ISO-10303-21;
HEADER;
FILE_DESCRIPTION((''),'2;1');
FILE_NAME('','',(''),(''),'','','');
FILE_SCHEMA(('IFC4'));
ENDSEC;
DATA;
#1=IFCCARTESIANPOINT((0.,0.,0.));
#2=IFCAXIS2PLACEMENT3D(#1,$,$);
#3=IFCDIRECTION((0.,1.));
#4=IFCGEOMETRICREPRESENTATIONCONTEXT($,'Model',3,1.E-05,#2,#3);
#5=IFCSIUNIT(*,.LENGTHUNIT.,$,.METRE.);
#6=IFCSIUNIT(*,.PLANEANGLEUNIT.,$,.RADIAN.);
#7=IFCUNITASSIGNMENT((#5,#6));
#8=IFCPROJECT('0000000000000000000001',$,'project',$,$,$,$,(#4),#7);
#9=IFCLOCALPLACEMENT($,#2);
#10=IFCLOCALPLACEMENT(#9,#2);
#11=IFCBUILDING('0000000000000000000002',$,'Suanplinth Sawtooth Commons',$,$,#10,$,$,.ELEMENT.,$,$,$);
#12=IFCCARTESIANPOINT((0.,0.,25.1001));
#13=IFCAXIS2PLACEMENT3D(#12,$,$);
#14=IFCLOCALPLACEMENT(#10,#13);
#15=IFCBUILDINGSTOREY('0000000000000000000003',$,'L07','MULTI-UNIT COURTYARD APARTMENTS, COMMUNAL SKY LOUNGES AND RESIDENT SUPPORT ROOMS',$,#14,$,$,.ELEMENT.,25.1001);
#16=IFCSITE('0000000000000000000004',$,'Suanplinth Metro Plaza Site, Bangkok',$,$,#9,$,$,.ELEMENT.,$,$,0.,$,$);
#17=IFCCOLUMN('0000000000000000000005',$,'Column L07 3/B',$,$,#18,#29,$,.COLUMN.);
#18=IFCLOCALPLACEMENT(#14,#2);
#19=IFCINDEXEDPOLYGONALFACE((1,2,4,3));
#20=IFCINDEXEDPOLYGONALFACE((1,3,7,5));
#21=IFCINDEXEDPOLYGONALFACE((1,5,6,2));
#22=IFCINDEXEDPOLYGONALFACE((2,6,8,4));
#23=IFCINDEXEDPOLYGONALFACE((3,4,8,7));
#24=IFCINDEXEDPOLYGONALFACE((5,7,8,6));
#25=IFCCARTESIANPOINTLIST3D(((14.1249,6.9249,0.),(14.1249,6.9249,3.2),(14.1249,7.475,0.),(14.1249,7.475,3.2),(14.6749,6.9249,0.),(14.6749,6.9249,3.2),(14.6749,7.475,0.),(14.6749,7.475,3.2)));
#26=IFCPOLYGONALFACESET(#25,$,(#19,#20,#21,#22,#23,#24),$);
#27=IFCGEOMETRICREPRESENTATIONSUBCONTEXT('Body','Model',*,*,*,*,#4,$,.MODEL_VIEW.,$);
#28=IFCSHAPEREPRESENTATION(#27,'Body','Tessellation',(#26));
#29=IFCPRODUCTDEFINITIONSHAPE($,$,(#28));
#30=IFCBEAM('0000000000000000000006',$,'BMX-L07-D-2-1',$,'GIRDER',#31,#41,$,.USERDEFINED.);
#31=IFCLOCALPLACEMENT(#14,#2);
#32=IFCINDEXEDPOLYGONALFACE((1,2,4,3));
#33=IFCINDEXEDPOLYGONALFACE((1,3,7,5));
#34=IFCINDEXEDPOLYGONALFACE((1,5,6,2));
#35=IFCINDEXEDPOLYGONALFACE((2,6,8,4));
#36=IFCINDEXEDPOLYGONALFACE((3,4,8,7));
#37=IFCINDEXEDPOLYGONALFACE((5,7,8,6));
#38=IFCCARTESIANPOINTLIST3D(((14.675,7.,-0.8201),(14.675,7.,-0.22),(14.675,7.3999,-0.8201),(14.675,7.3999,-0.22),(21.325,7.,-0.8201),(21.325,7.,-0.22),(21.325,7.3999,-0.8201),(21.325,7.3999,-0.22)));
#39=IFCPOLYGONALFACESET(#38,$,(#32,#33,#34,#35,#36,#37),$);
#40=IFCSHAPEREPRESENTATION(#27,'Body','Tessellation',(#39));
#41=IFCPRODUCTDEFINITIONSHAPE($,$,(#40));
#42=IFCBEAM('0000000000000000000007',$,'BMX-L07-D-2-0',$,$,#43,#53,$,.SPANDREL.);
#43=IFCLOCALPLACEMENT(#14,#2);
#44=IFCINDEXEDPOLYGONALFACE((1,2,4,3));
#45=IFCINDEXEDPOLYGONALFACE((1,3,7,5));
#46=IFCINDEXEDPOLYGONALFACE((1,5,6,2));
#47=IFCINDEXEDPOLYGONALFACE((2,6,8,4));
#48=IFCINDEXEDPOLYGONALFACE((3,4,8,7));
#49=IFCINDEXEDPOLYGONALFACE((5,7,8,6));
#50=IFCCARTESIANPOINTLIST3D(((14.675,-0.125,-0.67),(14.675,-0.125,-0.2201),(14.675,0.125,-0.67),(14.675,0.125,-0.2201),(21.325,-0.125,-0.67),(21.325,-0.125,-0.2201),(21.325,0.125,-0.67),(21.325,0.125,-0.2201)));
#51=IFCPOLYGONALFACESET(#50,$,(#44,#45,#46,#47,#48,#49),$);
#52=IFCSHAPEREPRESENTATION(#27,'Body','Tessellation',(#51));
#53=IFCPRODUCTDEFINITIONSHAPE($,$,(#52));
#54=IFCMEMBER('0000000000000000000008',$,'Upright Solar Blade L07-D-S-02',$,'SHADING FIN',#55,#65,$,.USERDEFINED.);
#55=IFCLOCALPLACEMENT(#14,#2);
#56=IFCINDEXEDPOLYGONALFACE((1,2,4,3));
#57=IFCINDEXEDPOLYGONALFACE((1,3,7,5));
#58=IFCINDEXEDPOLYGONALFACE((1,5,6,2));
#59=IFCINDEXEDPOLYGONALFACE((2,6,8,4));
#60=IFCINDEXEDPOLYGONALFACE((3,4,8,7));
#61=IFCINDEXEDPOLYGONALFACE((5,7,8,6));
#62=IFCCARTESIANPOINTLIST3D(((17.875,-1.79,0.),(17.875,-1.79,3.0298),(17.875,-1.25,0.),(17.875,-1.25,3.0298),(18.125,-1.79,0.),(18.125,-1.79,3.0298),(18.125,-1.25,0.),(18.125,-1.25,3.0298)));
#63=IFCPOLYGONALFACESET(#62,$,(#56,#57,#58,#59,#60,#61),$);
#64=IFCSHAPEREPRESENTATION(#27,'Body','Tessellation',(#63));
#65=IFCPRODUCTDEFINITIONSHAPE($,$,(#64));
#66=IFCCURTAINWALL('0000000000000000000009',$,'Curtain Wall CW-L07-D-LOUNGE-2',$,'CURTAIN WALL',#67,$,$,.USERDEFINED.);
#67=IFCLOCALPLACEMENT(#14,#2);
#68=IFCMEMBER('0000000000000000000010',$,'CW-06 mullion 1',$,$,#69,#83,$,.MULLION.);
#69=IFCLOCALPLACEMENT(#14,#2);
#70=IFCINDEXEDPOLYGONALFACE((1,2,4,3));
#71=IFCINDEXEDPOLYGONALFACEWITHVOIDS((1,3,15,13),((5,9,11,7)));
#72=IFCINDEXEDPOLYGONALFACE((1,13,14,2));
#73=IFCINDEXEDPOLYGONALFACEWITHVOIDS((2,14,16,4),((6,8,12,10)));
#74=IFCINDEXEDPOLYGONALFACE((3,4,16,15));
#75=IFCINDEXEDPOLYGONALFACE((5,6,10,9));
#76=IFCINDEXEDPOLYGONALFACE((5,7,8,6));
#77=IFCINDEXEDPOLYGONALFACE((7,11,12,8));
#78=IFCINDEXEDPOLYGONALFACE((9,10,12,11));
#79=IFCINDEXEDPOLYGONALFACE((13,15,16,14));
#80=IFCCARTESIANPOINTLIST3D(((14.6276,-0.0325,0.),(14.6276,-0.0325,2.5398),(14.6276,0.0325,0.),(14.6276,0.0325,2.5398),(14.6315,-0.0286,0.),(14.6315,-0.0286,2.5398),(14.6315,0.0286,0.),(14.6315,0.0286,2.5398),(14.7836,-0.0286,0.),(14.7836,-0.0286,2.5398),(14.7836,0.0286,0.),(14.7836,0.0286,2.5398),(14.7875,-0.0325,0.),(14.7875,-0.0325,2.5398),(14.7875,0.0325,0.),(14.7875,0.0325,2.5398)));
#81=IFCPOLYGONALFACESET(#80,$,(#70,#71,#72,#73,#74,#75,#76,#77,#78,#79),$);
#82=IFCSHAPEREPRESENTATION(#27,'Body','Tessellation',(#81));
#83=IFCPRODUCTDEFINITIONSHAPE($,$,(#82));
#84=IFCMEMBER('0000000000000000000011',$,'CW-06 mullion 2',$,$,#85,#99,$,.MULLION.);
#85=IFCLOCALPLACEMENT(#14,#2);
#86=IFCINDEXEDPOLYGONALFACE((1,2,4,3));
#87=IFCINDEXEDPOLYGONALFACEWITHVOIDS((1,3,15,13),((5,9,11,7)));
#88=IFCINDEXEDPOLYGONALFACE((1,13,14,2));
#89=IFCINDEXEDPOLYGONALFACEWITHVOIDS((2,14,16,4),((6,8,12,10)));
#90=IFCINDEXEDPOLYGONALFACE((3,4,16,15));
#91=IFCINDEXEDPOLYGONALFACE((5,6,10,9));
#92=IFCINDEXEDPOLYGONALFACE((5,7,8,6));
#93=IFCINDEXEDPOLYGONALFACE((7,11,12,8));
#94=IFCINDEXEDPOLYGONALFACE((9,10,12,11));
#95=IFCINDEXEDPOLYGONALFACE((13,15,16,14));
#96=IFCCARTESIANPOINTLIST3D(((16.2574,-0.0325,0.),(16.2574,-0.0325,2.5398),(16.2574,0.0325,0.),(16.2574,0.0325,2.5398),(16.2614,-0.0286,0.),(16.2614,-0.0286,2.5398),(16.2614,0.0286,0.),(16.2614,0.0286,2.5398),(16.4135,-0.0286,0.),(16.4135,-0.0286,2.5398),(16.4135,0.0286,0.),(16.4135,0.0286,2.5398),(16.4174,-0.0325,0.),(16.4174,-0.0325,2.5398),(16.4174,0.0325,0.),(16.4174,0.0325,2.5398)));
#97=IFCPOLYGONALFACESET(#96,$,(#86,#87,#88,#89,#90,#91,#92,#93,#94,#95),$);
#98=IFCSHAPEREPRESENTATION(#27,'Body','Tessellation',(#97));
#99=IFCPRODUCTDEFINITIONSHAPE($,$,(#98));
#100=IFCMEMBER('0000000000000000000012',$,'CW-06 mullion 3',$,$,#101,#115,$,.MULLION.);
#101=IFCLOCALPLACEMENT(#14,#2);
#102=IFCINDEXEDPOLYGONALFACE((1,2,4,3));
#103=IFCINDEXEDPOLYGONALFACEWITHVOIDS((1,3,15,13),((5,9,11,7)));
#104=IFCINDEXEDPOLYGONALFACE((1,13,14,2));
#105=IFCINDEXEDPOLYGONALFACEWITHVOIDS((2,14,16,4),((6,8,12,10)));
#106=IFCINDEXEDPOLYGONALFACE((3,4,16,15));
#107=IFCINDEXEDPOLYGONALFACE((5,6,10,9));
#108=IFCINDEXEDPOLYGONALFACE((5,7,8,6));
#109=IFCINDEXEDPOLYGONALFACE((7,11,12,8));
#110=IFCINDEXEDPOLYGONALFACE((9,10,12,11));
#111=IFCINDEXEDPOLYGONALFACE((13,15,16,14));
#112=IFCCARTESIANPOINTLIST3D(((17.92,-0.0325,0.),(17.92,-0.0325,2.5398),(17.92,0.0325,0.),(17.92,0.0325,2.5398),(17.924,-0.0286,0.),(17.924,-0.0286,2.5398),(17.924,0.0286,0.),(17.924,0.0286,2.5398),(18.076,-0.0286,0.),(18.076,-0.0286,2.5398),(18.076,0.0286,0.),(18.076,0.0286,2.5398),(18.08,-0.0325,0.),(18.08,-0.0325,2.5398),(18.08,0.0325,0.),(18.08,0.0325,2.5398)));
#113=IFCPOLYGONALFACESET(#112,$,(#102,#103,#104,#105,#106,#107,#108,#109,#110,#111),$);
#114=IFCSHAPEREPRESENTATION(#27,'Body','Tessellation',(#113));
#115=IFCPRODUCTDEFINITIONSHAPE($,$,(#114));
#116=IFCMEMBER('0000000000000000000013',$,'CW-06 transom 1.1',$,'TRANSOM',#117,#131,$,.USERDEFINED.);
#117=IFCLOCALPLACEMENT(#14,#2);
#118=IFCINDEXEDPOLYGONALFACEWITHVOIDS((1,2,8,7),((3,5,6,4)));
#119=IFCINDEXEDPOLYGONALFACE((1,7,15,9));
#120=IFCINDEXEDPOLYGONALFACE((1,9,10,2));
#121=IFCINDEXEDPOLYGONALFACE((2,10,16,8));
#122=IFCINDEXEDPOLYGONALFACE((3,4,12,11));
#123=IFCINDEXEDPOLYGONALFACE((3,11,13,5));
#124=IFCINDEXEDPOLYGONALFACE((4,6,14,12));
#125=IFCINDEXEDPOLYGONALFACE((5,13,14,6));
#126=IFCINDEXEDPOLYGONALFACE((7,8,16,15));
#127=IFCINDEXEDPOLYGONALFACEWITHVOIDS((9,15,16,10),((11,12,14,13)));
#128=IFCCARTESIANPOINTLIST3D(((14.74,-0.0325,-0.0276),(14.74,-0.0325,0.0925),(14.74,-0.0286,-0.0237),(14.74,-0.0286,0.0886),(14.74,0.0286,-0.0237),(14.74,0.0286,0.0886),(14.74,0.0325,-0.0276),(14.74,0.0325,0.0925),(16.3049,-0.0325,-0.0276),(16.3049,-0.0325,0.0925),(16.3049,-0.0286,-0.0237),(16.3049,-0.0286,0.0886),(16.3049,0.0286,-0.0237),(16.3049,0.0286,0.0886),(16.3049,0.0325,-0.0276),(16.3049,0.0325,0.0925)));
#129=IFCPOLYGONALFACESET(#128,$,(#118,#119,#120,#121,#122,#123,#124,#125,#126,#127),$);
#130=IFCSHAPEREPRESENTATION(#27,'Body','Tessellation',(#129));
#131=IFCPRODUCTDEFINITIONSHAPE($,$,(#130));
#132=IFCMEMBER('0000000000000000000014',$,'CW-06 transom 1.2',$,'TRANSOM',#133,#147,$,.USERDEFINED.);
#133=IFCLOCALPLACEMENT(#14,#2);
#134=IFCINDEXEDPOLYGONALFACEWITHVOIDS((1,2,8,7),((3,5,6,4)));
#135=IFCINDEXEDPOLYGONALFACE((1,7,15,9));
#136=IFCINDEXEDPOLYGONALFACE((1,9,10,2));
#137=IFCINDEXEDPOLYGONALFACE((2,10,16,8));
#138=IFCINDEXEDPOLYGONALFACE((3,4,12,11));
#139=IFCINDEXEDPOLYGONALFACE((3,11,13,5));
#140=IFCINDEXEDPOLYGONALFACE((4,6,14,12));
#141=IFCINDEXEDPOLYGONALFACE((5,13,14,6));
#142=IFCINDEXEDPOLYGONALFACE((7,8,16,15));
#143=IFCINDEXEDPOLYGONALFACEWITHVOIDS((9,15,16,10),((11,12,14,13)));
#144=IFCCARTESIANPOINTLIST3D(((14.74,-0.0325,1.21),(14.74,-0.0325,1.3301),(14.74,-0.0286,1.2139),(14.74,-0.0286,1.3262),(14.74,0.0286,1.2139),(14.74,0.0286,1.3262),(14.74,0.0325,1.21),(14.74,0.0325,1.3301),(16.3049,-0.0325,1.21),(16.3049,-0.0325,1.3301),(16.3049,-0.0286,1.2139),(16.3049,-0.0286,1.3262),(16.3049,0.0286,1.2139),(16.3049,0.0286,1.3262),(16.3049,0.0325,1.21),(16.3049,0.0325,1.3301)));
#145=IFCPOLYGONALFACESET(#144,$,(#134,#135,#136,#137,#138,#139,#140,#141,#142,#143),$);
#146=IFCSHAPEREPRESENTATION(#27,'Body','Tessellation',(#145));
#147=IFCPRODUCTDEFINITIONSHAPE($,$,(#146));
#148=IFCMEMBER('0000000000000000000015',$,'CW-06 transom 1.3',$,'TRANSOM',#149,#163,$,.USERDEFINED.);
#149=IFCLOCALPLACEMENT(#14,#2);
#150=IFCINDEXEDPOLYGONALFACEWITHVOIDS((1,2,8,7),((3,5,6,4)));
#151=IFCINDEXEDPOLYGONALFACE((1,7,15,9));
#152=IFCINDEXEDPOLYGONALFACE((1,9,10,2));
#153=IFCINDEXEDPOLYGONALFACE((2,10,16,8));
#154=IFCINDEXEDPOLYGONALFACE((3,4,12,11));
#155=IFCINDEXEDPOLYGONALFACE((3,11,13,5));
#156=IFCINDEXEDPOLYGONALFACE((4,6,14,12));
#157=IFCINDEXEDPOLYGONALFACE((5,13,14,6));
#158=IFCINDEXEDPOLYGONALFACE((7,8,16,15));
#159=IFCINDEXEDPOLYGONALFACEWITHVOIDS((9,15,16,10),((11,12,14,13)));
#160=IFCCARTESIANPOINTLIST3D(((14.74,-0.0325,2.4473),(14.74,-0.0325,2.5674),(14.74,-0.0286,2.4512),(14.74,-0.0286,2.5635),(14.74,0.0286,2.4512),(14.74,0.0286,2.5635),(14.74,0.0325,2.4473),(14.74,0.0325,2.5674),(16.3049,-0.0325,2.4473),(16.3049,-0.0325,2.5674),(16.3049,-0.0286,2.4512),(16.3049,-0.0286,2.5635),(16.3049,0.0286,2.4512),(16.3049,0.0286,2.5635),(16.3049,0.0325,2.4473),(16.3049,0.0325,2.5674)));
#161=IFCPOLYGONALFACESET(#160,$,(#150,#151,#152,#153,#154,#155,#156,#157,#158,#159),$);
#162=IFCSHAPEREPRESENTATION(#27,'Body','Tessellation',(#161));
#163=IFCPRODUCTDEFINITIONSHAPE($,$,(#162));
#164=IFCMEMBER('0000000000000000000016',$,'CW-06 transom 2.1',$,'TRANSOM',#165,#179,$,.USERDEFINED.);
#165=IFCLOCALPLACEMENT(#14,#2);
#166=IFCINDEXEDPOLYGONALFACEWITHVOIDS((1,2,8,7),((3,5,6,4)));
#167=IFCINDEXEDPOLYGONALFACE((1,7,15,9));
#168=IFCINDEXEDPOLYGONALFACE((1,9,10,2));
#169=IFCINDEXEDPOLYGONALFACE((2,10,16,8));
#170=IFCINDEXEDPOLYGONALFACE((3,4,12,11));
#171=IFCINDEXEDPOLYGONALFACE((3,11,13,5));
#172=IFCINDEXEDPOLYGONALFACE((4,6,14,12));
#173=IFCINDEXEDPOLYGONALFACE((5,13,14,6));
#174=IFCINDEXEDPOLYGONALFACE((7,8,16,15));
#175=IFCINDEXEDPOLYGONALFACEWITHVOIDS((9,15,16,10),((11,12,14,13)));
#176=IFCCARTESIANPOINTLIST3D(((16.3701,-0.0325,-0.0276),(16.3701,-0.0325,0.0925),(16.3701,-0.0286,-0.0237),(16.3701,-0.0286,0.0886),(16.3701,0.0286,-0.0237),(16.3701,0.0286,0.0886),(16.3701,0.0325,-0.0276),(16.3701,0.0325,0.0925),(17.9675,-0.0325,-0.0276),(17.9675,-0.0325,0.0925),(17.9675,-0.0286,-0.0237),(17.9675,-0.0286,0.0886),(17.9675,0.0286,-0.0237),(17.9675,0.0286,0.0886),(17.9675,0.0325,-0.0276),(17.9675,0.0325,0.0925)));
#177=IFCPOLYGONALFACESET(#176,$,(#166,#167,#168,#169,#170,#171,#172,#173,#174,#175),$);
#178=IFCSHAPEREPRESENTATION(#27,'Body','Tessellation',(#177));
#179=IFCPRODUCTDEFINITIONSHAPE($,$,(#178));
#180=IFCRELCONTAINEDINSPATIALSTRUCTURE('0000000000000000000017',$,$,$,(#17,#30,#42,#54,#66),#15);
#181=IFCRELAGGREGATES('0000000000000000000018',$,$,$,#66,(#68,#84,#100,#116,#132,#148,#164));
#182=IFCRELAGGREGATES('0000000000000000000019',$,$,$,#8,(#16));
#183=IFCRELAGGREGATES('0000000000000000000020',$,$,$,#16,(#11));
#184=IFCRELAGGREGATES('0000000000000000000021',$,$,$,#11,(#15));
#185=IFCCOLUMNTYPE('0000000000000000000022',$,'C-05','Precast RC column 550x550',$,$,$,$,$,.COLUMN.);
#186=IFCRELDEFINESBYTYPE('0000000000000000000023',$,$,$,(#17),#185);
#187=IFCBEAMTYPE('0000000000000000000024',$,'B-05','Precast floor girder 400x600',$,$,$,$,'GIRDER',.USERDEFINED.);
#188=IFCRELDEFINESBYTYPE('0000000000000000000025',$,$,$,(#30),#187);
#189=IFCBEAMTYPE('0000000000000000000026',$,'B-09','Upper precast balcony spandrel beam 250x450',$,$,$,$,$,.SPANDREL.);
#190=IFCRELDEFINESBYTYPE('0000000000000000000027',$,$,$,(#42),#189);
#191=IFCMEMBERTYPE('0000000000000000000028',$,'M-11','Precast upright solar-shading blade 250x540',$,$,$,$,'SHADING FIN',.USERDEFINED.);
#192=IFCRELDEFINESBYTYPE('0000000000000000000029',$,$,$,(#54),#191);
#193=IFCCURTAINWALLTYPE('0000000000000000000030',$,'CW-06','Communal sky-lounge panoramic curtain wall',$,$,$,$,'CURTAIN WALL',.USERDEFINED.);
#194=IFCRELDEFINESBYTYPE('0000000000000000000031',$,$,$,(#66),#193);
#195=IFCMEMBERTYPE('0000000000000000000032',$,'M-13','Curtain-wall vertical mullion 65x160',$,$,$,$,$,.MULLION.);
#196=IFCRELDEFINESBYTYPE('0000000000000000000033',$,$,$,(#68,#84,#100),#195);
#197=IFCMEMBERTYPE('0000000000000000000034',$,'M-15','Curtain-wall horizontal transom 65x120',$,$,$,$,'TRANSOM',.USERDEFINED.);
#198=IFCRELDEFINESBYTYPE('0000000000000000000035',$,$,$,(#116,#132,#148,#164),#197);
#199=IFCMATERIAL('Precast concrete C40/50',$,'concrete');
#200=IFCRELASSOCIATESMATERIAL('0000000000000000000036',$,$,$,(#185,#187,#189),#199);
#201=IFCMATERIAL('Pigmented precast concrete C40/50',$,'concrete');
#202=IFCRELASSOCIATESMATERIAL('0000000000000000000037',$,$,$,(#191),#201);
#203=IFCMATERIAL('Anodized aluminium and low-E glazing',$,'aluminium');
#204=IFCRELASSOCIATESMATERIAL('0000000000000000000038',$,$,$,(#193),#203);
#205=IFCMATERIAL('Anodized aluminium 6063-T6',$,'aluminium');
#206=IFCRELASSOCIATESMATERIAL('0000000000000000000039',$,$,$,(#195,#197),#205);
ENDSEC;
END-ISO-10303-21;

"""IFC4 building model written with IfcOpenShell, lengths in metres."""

from ifc_helpers import new_model, si_unit, direction, frame, origin, origin_2d, place, context, subcontext, project, spatial, rectangle, hollow_rectangle, extrude, material, material_profile, profile_set, type_object, element, aggregate, save


model = new_model("IFC4")

# Units and contexts
model_context = context("Model", 3, precision=1e-05, world=origin(), true_north=direction((0.0, 1.0)))
body_context = subcontext(model_context, "Body", "Model", "MODEL_VIEW")
ifc_project = project(units=[si_unit("LENGTHUNIT", "METRE"), si_unit("PLANEANGLEUNIT", "RADIAN")], contexts=[model_context])

# Site, building, storey
site_placement = place(None, origin())
site = spatial("IfcSite", under=ifc_project, at=site_placement, Name="Suanplinth Metro Plaza Site, Bangkok", CompositionType="ELEMENT", RefElevation=0.0)
building_placement = place(site_placement, origin())
building = spatial("IfcBuilding", under=site, at=building_placement, Name="Suanplinth Sawtooth Commons", CompositionType="ELEMENT")
storey_placement = place(building_placement, frame((0.0, 0.0, 25.1001)))
storey = spatial("IfcBuildingStorey", under=building, at=storey_placement, Name="L07", Description="MULTI-UNIT COURTYARD APARTMENTS, COMMUNAL SKY LOUNGES AND RESIDENT SUPPORT ROOMS", CompositionType="ELEMENT", Elevation=25.1001)

# Column
ifc_material_1 = material(Name="Precast concrete C40/50", Category="concrete")
ifc_material_profile_1 = material_profile(ifc_material_1, rectangle(XDim=0.55, YDim=0.55, at=origin_2d()), Name="PC-COL 550x550")
ifc_profile_set_1 = profile_set([ifc_material_profile_1], Name="Precast concrete C40/50")
column_type = type_object("IfcColumnType", Name="C-05", Description="Precast RC column 550x550", PredefinedType="COLUMN", material=ifc_profile_set_1)
column_placement = place(storey_placement, frame((14.3999, 7.2, 0.0), z_axis=(0.0, 0.0, 1.0), x_axis=(1.0, 0.0, 0.0)))
element("IfcColumn", 1, at=column_placement, inside=storey, type_object=column_type, Name="Column L07 3/B", PredefinedType="COLUMN", context=body_context, shape_type="SweptSolid", body=[
    extrude(rectangle(XDim=0.55, YDim=0.55, at=origin_2d()), origin(), (0.0, 0.0, 1.0), 3.2),
])

# Beams
ifc_material_profile_2 = material_profile(ifc_material_1, rectangle(XDim=0.3999, YDim=0.6001, at=origin_2d()), Name="PC-GDR 400x600")
ifc_profile_set_2 = profile_set([ifc_material_profile_2], Name="Precast concrete C40/50")
beam_type_1 = type_object("IfcBeamType", Name="B-05", Description="Precast floor girder 400x600", ElementType="GIRDER", PredefinedType="USERDEFINED", material=ifc_profile_set_2)
beam_1_placement = place(storey_placement, frame((14.675, 7.2, -0.52), z_axis=(1.0, 0.0, 0.0), x_axis=(0.0, 1.0, 0.0)))
element("IfcBeam", 2, at=beam_1_placement, inside=storey, type_object=beam_type_1, Name="BMX-L07-D-2-1", ObjectType="GIRDER", PredefinedType="USERDEFINED", context=body_context, shape_type="SweptSolid", body=[
    extrude(rectangle(XDim=0.3999, YDim=0.6001, at=origin_2d()), origin(), (0.0, 0.0, 1.0), 6.6499),
])
ifc_material_profile_3 = material_profile(ifc_material_1, rectangle(XDim=0.25, YDim=0.45, at=origin_2d()), Name="PC-SP 250x450")
ifc_profile_set_3 = profile_set([ifc_material_profile_3], Name="Precast concrete C40/50")
beam_type_2 = type_object("IfcBeamType", Name="B-09", Description="Upper precast balcony spandrel beam 250x450", PredefinedType="SPANDREL", material=ifc_profile_set_3)
beam_2_placement = place(storey_placement, frame((14.675, 0.0, -0.4451), z_axis=(1.0, 0.0, 0.0), x_axis=(0.0, 1.0, 0.0)))
element("IfcBeam", 3, at=beam_2_placement, inside=storey, type_object=beam_type_2, Name="BMX-L07-D-2-0", PredefinedType="SPANDREL", context=body_context, shape_type="SweptSolid", body=[
    extrude(rectangle(XDim=0.25, YDim=0.45, at=origin_2d()), origin(), (0.0, 0.0, 1.0), 6.6499),
])

# Member
ifc_material_2 = material(Name="Pigmented precast concrete C40/50", Category="concrete")
ifc_material_profile_4 = material_profile(ifc_material_2, rectangle(XDim=0.25, YDim=0.54, at=origin_2d()), Name="PC-FIN 250x540")
ifc_profile_set_4 = profile_set([ifc_material_profile_4], Name="Pigmented precast concrete C40/50")
member_type_1 = type_object("IfcMemberType", Name="M-11", Description="Precast upright solar-shading blade 250x540", ElementType="SHADING FIN", PredefinedType="USERDEFINED", material=ifc_profile_set_4)
member_1_placement = place(storey_placement, frame((18.0, -1.52, 0.0), z_axis=(0.0, 0.0, 1.0), x_axis=(1.0, 0.0, 0.0)))
element("IfcMember", 4, at=member_1_placement, inside=storey, type_object=member_type_1, Name="Upright Solar Blade L07-D-S-02", ObjectType="SHADING FIN", PredefinedType="USERDEFINED", context=body_context, shape_type="SweptSolid", body=[
    extrude(rectangle(XDim=0.25, YDim=0.54, at=origin_2d()), origin(), (0.0, 0.0, 1.0), 3.0298),
])

# Curtain wall, members
ifc_material_3 = material(Name="Anodized aluminium and low-E glazing", Category="aluminium")
curtain_wall_type = type_object("IfcCurtainWallType", Name="CW-06", Description="Communal sky-lounge panoramic curtain wall", ElementType="CURTAIN WALL", PredefinedType="USERDEFINED", material=ifc_material_3)
curtain_wall_placement = place(storey_placement, origin())
curtain_wall = element("IfcCurtainWall", 5, at=curtain_wall_placement, inside=storey, type_object=curtain_wall_type, Name="Curtain Wall CW-L07-D-LOUNGE-2", ObjectType="CURTAIN WALL", PredefinedType="USERDEFINED")
ifc_material_4 = material(Name="Anodized aluminium 6063-T6", Category="aluminium")
ifc_material_profile_5 = material_profile(ifc_material_4, hollow_rectangle(XDim=0.0649, YDim=0.1599, WallThickness=0.0039, at=origin_2d()), Name="ALU-MUL 65x160")
ifc_profile_set_5 = profile_set([ifc_material_profile_5], Name="Anodized aluminium 6063-T6")
member_type_2 = type_object("IfcMemberType", Name="M-13", Description="Curtain-wall vertical mullion 65x160", PredefinedType="MULLION", material=ifc_profile_set_5)
member_2_placement = place(storey_placement, frame((14.7075, 0.0, 0.0), z_axis=(0.0, 0.0, 1.0), x_axis=(0.0, 1.0, 0.0)))
member_2 = element("IfcMember", 6, at=member_2_placement, type_object=member_type_2, Name="CW-06 mullion 1", PredefinedType="MULLION", context=body_context, shape_type="SweptSolid", body=[
    extrude(hollow_rectangle(XDim=0.0649, YDim=0.1599, WallThickness=0.0039, at=origin_2d()), origin(), (0.0, 0.0, 1.0), 2.5398),
])
member_3_placement = place(storey_placement, frame((16.3374, 0.0, 0.0), z_axis=(0.0, 0.0, 1.0), x_axis=(0.0, 1.0, 0.0)))
member_3 = element("IfcMember", 7, at=member_3_placement, type_object=member_type_2, Name="CW-06 mullion 2", PredefinedType="MULLION", context=body_context, shape_type="SweptSolid", body=[
    extrude(hollow_rectangle(XDim=0.0649, YDim=0.1599, WallThickness=0.0039, at=origin_2d()), origin(), (0.0, 0.0, 1.0), 2.5398),
])
member_4_placement = place(storey_placement, frame((18.0, 0.0, 0.0), z_axis=(0.0, 0.0, 1.0), x_axis=(0.0, 1.0, 0.0)))
member_4 = element("IfcMember", 8, at=member_4_placement, type_object=member_type_2, Name="CW-06 mullion 3", PredefinedType="MULLION", context=body_context, shape_type="SweptSolid", body=[
    extrude(hollow_rectangle(XDim=0.0649, YDim=0.1599, WallThickness=0.0039, at=origin_2d()), origin(), (0.0, 0.0, 1.0), 2.5398),
])
ifc_material_profile_6 = material_profile(ifc_material_4, hollow_rectangle(XDim=0.0649, YDim=0.1201, WallThickness=0.0039, at=origin_2d()), Name="ALU-TRN 65x120")
ifc_profile_set_6 = profile_set([ifc_material_profile_6], Name="Anodized aluminium 6063-T6")
member_type_3 = type_object("IfcMemberType", Name="M-15", Description="Curtain-wall horizontal transom 65x120", ElementType="TRANSOM", PredefinedType="USERDEFINED", material=ifc_profile_set_6)
member_5_placement = place(storey_placement, frame((14.74, 0.0, 0.0325), z_axis=(1.0, 0.0, 0.0), x_axis=(0.0, 1.0, 0.0)))
member_5 = element("IfcMember", 9, at=member_5_placement, type_object=member_type_3, Name="CW-06 transom 1.1", ObjectType="TRANSOM", PredefinedType="USERDEFINED", context=body_context, shape_type="SweptSolid", body=[
    extrude(hollow_rectangle(XDim=0.0649, YDim=0.1201, WallThickness=0.0039, at=origin_2d()), origin(), (0.0, 0.0, 1.0), 1.5649),
])
member_6_placement = place(storey_placement, frame((14.74, 0.0, 1.27), z_axis=(1.0, 0.0, 0.0), x_axis=(0.0, 1.0, 0.0)))
member_6 = element("IfcMember", 10, at=member_6_placement, type_object=member_type_3, Name="CW-06 transom 1.2", ObjectType="TRANSOM", PredefinedType="USERDEFINED", context=body_context, shape_type="SweptSolid", body=[
    extrude(hollow_rectangle(XDim=0.0649, YDim=0.1201, WallThickness=0.0039, at=origin_2d()), origin(), (0.0, 0.0, 1.0), 1.5649),
])
member_7_placement = place(storey_placement, frame((14.74, 0.0, 2.5073), z_axis=(1.0, 0.0, 0.0), x_axis=(0.0, 1.0, 0.0)))
member_7 = element("IfcMember", 11, at=member_7_placement, type_object=member_type_3, Name="CW-06 transom 1.3", ObjectType="TRANSOM", PredefinedType="USERDEFINED", context=body_context, shape_type="SweptSolid", body=[
    extrude(hollow_rectangle(XDim=0.0649, YDim=0.1201, WallThickness=0.0039, at=origin_2d()), origin(), (0.0, 0.0, 1.0), 1.5649),
])
member_8_placement = place(storey_placement, frame((16.3701, 0.0, 0.0325), z_axis=(1.0, 0.0, 0.0), x_axis=(0.0, 1.0, 0.0)))
member_8 = element("IfcMember", 12, at=member_8_placement, type_object=member_type_3, Name="CW-06 transom 2.1", ObjectType="TRANSOM", PredefinedType="USERDEFINED", context=body_context, shape_type="SweptSolid", body=[
    extrude(hollow_rectangle(XDim=0.0649, YDim=0.1201, WallThickness=0.0039, at=origin_2d()), origin(), (0.0, 0.0, 1.0), 1.5974),
])
aggregate(curtain_wall, [member_2, member_3, member_4, member_5, member_6, member_7, member_8])

save(model, "model.ifc")
